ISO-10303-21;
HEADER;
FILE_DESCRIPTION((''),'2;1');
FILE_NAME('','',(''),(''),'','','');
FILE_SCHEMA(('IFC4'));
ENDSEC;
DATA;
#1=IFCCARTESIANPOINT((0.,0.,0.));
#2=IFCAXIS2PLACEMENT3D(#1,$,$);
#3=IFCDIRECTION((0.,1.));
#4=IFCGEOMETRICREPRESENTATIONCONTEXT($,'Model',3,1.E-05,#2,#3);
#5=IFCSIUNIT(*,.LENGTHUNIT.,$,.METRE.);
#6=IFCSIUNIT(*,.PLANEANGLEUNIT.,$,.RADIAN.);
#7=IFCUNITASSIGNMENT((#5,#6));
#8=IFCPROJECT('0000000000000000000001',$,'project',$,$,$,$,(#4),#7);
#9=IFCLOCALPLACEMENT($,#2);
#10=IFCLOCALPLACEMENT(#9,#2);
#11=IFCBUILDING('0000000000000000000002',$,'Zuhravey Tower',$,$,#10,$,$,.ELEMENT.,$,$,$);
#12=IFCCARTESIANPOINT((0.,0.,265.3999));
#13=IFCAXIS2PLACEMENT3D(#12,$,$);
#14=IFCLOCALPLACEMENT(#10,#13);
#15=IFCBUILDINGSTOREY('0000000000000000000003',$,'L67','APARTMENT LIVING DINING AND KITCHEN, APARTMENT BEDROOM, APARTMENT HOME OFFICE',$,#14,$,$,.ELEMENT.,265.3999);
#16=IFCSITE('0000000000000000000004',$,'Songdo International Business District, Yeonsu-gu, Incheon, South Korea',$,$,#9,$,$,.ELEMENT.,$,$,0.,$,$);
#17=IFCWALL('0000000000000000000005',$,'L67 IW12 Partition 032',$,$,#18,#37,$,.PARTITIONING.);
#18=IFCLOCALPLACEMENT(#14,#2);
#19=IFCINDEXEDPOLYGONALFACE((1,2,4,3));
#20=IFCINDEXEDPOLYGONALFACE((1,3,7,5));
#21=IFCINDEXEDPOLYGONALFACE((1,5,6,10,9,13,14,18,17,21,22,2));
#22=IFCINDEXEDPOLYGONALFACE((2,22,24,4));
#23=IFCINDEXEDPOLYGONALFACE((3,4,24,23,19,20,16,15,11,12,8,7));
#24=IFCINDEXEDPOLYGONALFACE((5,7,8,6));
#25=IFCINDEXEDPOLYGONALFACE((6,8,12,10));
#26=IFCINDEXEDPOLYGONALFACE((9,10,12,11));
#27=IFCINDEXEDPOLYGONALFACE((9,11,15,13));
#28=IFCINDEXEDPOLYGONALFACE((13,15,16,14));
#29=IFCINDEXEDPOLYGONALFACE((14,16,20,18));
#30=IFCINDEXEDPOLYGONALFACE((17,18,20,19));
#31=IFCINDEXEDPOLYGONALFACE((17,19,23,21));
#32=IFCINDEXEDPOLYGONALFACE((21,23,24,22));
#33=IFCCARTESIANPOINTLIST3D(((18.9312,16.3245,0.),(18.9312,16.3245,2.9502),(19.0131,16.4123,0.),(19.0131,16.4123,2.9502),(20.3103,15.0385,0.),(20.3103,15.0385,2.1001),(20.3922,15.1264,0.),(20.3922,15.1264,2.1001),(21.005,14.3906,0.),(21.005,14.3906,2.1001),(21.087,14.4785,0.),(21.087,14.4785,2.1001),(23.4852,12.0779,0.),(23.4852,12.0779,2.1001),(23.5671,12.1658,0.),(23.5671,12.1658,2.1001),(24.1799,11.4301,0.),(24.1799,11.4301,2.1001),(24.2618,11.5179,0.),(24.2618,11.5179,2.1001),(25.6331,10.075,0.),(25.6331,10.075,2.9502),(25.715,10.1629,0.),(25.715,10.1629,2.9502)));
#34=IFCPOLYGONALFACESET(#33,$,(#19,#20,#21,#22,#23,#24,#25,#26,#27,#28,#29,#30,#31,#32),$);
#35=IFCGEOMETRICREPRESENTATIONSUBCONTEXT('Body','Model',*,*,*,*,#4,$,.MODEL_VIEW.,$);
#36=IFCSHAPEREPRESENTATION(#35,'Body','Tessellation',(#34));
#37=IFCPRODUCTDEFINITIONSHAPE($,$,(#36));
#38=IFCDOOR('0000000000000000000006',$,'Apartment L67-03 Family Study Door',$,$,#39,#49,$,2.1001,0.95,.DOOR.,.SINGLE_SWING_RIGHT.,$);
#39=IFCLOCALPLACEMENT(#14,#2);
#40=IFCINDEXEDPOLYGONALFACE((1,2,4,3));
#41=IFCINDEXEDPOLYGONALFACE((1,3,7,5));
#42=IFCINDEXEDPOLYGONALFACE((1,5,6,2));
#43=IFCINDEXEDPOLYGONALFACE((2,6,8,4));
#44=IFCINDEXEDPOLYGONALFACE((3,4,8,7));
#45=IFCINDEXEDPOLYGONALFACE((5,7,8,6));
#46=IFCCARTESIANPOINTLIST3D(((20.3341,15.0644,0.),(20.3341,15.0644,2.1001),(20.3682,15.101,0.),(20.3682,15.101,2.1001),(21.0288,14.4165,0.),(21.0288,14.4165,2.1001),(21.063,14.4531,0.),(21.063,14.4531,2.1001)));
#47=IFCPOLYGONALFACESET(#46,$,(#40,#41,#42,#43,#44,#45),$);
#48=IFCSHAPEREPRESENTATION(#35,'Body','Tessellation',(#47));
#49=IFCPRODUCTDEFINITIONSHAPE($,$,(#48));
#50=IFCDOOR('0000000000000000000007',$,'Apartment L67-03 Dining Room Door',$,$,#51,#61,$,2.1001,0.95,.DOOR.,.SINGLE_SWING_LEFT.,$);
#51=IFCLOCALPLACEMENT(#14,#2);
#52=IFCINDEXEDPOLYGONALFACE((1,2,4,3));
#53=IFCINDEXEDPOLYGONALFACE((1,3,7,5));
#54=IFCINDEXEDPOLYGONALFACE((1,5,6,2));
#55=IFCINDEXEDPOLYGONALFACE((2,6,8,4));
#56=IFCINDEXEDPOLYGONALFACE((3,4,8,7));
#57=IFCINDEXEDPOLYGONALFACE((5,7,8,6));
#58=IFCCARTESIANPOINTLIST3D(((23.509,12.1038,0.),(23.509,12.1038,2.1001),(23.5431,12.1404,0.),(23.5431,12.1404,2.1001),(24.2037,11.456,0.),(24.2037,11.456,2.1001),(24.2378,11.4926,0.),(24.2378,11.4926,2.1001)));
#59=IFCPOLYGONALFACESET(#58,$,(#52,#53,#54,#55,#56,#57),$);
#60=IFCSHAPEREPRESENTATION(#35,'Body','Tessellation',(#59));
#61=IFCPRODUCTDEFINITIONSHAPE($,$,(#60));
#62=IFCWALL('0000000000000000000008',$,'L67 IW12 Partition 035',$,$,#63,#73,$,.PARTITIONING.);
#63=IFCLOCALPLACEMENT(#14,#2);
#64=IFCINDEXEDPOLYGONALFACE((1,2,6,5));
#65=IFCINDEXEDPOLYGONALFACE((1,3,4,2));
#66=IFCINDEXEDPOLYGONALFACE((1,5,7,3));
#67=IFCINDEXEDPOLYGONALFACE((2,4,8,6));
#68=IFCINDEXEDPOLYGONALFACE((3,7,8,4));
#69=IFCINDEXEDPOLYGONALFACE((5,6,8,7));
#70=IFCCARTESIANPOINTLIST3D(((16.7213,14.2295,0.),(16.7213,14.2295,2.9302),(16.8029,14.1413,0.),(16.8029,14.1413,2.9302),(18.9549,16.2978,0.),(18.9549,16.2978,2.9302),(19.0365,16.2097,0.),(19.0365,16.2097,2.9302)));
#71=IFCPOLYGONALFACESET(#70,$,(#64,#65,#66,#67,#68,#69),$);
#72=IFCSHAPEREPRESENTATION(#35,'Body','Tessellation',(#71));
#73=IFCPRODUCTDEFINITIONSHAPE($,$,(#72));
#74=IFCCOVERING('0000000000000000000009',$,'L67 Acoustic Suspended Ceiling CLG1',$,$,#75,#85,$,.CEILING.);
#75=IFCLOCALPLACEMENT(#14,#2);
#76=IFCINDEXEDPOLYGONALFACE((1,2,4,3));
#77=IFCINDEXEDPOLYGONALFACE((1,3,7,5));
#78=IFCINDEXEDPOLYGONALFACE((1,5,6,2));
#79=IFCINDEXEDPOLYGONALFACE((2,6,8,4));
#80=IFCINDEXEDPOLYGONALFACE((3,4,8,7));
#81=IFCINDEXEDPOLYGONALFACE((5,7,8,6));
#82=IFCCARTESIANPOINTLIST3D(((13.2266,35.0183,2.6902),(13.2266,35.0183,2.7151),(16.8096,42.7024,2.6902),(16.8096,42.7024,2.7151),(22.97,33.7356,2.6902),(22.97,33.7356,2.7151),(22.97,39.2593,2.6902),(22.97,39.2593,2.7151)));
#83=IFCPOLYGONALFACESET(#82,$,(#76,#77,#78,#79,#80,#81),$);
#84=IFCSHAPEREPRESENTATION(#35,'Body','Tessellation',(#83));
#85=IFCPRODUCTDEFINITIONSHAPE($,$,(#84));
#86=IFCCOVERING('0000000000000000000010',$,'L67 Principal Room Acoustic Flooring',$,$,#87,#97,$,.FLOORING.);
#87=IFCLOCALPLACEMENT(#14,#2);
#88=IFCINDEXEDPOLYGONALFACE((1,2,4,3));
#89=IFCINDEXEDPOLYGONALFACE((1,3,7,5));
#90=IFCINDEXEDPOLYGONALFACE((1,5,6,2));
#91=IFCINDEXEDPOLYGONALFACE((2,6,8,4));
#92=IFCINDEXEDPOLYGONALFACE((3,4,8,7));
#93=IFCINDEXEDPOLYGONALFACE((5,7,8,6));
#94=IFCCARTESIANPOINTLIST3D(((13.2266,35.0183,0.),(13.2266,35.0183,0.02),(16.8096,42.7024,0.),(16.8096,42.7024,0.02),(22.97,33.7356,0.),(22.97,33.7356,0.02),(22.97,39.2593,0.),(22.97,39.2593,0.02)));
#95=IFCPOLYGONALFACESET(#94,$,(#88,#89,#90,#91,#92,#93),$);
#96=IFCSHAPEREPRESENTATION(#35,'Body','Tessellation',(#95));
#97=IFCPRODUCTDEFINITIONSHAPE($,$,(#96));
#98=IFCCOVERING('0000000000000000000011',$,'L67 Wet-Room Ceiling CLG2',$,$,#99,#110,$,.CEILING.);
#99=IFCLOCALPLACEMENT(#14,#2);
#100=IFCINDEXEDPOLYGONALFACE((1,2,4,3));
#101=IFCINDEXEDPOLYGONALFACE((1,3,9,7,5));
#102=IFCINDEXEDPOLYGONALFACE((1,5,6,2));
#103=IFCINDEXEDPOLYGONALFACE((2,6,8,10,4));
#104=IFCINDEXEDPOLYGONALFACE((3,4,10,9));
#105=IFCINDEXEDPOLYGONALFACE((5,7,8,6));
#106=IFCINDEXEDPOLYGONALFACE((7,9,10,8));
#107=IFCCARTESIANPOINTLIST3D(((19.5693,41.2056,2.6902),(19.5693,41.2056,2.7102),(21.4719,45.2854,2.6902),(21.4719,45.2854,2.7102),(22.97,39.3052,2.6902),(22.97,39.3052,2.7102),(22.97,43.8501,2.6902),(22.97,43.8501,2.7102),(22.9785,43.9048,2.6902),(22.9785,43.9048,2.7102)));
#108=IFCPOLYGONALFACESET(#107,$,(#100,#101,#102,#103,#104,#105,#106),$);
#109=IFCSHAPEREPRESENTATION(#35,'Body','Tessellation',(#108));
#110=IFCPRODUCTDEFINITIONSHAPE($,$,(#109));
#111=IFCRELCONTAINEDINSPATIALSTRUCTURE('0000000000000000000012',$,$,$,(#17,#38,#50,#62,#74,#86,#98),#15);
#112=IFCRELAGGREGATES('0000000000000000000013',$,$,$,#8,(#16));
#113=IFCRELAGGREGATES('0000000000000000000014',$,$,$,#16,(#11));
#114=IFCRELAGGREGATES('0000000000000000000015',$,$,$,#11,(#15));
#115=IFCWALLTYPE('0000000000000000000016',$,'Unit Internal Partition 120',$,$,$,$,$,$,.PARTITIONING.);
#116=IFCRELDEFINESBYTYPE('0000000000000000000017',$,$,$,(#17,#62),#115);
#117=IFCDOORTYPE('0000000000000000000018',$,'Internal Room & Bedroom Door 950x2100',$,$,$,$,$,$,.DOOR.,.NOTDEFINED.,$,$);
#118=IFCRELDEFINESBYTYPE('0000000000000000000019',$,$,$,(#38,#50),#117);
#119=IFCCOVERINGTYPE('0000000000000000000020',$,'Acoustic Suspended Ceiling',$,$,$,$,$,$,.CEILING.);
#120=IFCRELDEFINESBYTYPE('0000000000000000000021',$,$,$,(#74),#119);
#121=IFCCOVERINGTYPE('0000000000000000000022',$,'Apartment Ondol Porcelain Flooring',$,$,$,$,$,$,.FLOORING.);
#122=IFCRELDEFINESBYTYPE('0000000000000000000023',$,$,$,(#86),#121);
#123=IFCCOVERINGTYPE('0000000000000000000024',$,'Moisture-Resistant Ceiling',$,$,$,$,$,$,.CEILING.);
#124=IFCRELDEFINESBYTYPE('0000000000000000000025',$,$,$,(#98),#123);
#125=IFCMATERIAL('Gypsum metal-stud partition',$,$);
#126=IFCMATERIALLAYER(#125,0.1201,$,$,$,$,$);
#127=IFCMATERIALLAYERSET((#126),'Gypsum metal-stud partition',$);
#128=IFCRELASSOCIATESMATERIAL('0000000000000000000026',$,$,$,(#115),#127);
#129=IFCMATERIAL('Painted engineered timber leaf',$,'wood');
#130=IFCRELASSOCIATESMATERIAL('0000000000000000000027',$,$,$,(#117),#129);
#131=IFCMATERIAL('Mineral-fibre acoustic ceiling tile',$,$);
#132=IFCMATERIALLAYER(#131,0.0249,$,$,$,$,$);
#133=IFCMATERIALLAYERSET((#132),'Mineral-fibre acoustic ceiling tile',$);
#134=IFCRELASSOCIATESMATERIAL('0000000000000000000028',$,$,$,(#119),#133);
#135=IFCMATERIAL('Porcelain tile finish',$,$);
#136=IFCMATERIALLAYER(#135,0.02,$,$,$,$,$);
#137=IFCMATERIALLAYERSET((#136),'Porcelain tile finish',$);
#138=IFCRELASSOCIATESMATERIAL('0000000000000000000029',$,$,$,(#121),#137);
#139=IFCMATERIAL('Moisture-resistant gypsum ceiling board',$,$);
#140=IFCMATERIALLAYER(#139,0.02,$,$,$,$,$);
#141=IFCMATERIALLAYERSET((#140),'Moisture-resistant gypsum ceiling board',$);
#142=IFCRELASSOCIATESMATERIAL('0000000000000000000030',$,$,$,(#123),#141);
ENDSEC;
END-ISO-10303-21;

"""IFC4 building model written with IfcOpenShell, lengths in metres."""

from ifc_helpers import new_model, si_unit, direction, frame, frame_2d, origin, place, context, subcontext, project, spatial, polyline, rectangle, outline, extrude, material, layer, layer_set, type_object, element, fill, save


model = new_model("IFC4")

# Units and contexts
model_context = context("Model", 3, precision=1e-05, world=origin(), true_north=direction((0.0, 1.0)))
body_context = subcontext(model_context, "Body", "Model", "MODEL_VIEW")
ifc_project = project(units=[si_unit("LENGTHUNIT", "METRE"), si_unit("PLANEANGLEUNIT", "RADIAN")], contexts=[model_context])

# Site, building, storey
site_placement = place(None, origin())
site = spatial("IfcSite", under=ifc_project, at=site_placement, Name="Songdo International Business District, Yeonsu-gu, Incheon, South Korea", CompositionType="ELEMENT", RefElevation=0.0)
building_placement = place(site_placement, origin())
building = spatial("IfcBuilding", under=site, at=building_placement, Name="Zuhravey Tower", CompositionType="ELEMENT")
storey_placement = place(building_placement, frame((0.0, 0.0, 265.3999)))
storey = spatial("IfcBuildingStorey", under=building, at=storey_placement, Name="L67", Description="APARTMENT LIVING DINING AND KITCHEN, APARTMENT BEDROOM, APARTMENT HOME OFFICE", CompositionType="ELEMENT", Elevation=265.3999)

# Wall, openings, doors
ifc_material_1 = material(Name="Gypsum metal-stud partition")
ifc_layer_1 = layer(ifc_material_1, 0.1201)
ifc_layer_set_1 = layer_set([ifc_layer_1], Name="Gypsum metal-stud partition")
wall_type = type_object("IfcWallType", Name="Unit Internal Partition 120", PredefinedType="PARTITIONING", material=ifc_layer_set_1)
wall_1_placement = place(storey_placement, frame((18.9722, 16.3684, 0.0), z_axis=(0.0, 0.0, 1.0), x_axis=(0.73136, -0.681992, 0.0)))
wall_1 = element("IfcWall", 1, at=wall_1_placement, inside=storey, type_object=wall_type, Name="L67 IW12 Partition 032", PredefinedType="PARTITIONING", context=body_context, shape_type="SweptSolid", body=[
    extrude(rectangle(XDim=9.1636, YDim=0.1201, at=frame_2d((4.5818, 0.0))), origin(), (0.0, 0.0, 1.0), 2.9502),
])
opening_1_placement = place(wall_1_placement, frame((1.8855, 0.0, 0.0)))
opening_1 = element("IfcOpeningElement", 2, at=opening_1_placement, cuts=wall_1, PredefinedType="OPENING", context=body_context, shape_type="SweptSolid", body=[
    extrude(rectangle(XDim=0.95, YDim=2.1001, at=frame_2d((0.4751, 1.05))), frame((0.0, 0.072, 0.0), z_axis=(0.0, -1.0, 0.0), x_axis=(1.0, 0.0, 0.0)), (0.0, 0.0, 1.0), 0.144),
])
opening_2_placement = place(wall_1_placement, frame((6.2266, 0.0, 0.0)))
opening_2 = element("IfcOpeningElement", 3, at=opening_2_placement, cuts=wall_1, PredefinedType="OPENING", context=body_context, shape_type="SweptSolid", body=[
    extrude(rectangle(XDim=0.95, YDim=2.1001, at=frame_2d((0.4751, 1.05))), frame((0.0, 0.072, 0.0), z_axis=(0.0, -1.0, 0.0), x_axis=(1.0, 0.0, 0.0)), (0.0, 0.0, 1.0), 0.144),
])
ifc_material_2 = material(Name="Painted engineered timber leaf", Category="wood")
door_type = type_object("IfcDoorType", Name="Internal Room & Bedroom Door 950x2100", OperationType="NOTDEFINED", PredefinedType="DOOR", material=ifc_material_2)
door_1_placement = place(opening_1_placement, frame((0.95, 0.0, 0.0), z_axis=(0.0, 0.0, 1.0), x_axis=(-1.0, 0.0, 0.0)))
door_1 = element("IfcDoor", 4, at=door_1_placement, inside=storey, type_object=door_type, Name="Apartment L67-03 Family Study Door", OperationType="SINGLE_SWING_RIGHT", OverallHeight=2.1001, OverallWidth=0.95, PredefinedType="DOOR", context=body_context, shape_type="SweptSolid", body=[
    extrude(rectangle(XDim=0.95, YDim=2.1001, at=frame_2d((0.4751, 1.05))), frame((0.0, 0.0249, 0.0), z_axis=(0.0, -1.0, 0.0), x_axis=(1.0, 0.0, 0.0)), (0.0, 0.0, 1.0), 0.05),
])
fill(opening_1, door_1)
door_2_placement = place(opening_2_placement, frame((0.95, 0.0, 0.0), z_axis=(0.0, 0.0, 1.0), x_axis=(-1.0, 0.0, 0.0)))
door_2 = element("IfcDoor", 5, at=door_2_placement, inside=storey, type_object=door_type, Name="Apartment L67-03 Dining Room Door", OperationType="SINGLE_SWING_LEFT", OverallHeight=2.1001, OverallWidth=0.95, PredefinedType="DOOR", context=body_context, shape_type="SweptSolid", body=[
    extrude(rectangle(XDim=0.95, YDim=2.1001, at=frame_2d((0.4751, 1.05))), frame((0.0, 0.0249, 0.0), z_axis=(0.0, -1.0, 0.0), x_axis=(1.0, 0.0, 0.0)), (0.0, 0.0, 1.0), 0.05),
])
fill(opening_2, door_2)

# Wall
wall_2_placement = place(storey_placement, frame((18.9956, 16.2537, 0.0), z_axis=(0.0, 0.0, 1.0), x_axis=(-0.733733, -0.679438, 0.0)))
element("IfcWall", 6, at=wall_2_placement, inside=storey, type_object=wall_type, Name="L67 IW12 Partition 035", PredefinedType="PARTITIONING", context=body_context, shape_type="SweptSolid", body=[
    extrude(rectangle(XDim=3.0442, YDim=0.1201, at=frame_2d((1.522, 0.0))), origin(), (0.0, 0.0, 1.0), 2.9302),
])

# Coverings
ifc_material_3 = material(Name="Mineral-fibre acoustic ceiling tile")
ifc_layer_2 = layer(ifc_material_3, 0.0249)
ifc_layer_set_2 = layer_set([ifc_layer_2], Name="Mineral-fibre acoustic ceiling tile")
covering_type_1 = type_object("IfcCoveringType", Name="Acoustic Suspended Ceiling", PredefinedType="CEILING", material=ifc_layer_set_2)
covering_1_placement = place(storey_placement, frame((0.0, 0.0, 2.6902)))
element("IfcCovering", 7, at=covering_1_placement, inside=storey, type_object=covering_type_1, Name="L67 Acoustic Suspended Ceiling CLG1", PredefinedType="CEILING", context=body_context, shape_type="SweptSolid", body=[
    extrude(outline(polyline([(13.2266, 35.0183), (16.8096, 42.7024), (22.97, 39.2593), (22.97, 33.7356), (13.2266, 35.0183)])), origin(), (0.0, 0.0, 1.0), 0.0249),
])
ifc_material_4 = material(Name="Porcelain tile finish")
ifc_layer_3 = layer(ifc_material_4, 0.02)
ifc_layer_set_3 = layer_set([ifc_layer_3], Name="Porcelain tile finish")
covering_type_2 = type_object("IfcCoveringType", Name="Apartment Ondol Porcelain Flooring", PredefinedType="FLOORING", material=ifc_layer_set_3)
covering_2_placement = place(storey_placement, origin())
element("IfcCovering", 8, at=covering_2_placement, inside=storey, type_object=covering_type_2, Name="L67 Principal Room Acoustic Flooring", PredefinedType="FLOORING", context=body_context, shape_type="SweptSolid", body=[
    extrude(outline(polyline([(13.2266, 35.0183), (16.8096, 42.7024), (22.97, 39.2593), (22.97, 33.7356), (13.2266, 35.0183)])), origin(), (0.0, 0.0, 1.0), 0.02),
])
ifc_material_5 = material(Name="Moisture-resistant gypsum ceiling board")
ifc_layer_4 = layer(ifc_material_5, 0.02)
ifc_layer_set_4 = layer_set([ifc_layer_4], Name="Moisture-resistant gypsum ceiling board")
covering_type_3 = type_object("IfcCoveringType", Name="Moisture-Resistant Ceiling", PredefinedType="CEILING", material=ifc_layer_set_4)
covering_3_placement = place(storey_placement, frame((0.0, 0.0, 2.6902)))
element("IfcCovering", 9, at=covering_3_placement, inside=storey, type_object=covering_type_3, Name="L67 Wet-Room Ceiling CLG2", PredefinedType="CEILING", context=body_context, shape_type="SweptSolid", body=[
    extrude(outline(polyline([(22.9785, 43.9048), (22.97, 43.8501), (22.97, 39.3052), (19.5693, 41.2056), (21.4719, 45.2854), (22.9785, 43.9048)])), origin(), (0.0, 0.0, 1.0), 0.02),
])

save(model, "model.ifc")
